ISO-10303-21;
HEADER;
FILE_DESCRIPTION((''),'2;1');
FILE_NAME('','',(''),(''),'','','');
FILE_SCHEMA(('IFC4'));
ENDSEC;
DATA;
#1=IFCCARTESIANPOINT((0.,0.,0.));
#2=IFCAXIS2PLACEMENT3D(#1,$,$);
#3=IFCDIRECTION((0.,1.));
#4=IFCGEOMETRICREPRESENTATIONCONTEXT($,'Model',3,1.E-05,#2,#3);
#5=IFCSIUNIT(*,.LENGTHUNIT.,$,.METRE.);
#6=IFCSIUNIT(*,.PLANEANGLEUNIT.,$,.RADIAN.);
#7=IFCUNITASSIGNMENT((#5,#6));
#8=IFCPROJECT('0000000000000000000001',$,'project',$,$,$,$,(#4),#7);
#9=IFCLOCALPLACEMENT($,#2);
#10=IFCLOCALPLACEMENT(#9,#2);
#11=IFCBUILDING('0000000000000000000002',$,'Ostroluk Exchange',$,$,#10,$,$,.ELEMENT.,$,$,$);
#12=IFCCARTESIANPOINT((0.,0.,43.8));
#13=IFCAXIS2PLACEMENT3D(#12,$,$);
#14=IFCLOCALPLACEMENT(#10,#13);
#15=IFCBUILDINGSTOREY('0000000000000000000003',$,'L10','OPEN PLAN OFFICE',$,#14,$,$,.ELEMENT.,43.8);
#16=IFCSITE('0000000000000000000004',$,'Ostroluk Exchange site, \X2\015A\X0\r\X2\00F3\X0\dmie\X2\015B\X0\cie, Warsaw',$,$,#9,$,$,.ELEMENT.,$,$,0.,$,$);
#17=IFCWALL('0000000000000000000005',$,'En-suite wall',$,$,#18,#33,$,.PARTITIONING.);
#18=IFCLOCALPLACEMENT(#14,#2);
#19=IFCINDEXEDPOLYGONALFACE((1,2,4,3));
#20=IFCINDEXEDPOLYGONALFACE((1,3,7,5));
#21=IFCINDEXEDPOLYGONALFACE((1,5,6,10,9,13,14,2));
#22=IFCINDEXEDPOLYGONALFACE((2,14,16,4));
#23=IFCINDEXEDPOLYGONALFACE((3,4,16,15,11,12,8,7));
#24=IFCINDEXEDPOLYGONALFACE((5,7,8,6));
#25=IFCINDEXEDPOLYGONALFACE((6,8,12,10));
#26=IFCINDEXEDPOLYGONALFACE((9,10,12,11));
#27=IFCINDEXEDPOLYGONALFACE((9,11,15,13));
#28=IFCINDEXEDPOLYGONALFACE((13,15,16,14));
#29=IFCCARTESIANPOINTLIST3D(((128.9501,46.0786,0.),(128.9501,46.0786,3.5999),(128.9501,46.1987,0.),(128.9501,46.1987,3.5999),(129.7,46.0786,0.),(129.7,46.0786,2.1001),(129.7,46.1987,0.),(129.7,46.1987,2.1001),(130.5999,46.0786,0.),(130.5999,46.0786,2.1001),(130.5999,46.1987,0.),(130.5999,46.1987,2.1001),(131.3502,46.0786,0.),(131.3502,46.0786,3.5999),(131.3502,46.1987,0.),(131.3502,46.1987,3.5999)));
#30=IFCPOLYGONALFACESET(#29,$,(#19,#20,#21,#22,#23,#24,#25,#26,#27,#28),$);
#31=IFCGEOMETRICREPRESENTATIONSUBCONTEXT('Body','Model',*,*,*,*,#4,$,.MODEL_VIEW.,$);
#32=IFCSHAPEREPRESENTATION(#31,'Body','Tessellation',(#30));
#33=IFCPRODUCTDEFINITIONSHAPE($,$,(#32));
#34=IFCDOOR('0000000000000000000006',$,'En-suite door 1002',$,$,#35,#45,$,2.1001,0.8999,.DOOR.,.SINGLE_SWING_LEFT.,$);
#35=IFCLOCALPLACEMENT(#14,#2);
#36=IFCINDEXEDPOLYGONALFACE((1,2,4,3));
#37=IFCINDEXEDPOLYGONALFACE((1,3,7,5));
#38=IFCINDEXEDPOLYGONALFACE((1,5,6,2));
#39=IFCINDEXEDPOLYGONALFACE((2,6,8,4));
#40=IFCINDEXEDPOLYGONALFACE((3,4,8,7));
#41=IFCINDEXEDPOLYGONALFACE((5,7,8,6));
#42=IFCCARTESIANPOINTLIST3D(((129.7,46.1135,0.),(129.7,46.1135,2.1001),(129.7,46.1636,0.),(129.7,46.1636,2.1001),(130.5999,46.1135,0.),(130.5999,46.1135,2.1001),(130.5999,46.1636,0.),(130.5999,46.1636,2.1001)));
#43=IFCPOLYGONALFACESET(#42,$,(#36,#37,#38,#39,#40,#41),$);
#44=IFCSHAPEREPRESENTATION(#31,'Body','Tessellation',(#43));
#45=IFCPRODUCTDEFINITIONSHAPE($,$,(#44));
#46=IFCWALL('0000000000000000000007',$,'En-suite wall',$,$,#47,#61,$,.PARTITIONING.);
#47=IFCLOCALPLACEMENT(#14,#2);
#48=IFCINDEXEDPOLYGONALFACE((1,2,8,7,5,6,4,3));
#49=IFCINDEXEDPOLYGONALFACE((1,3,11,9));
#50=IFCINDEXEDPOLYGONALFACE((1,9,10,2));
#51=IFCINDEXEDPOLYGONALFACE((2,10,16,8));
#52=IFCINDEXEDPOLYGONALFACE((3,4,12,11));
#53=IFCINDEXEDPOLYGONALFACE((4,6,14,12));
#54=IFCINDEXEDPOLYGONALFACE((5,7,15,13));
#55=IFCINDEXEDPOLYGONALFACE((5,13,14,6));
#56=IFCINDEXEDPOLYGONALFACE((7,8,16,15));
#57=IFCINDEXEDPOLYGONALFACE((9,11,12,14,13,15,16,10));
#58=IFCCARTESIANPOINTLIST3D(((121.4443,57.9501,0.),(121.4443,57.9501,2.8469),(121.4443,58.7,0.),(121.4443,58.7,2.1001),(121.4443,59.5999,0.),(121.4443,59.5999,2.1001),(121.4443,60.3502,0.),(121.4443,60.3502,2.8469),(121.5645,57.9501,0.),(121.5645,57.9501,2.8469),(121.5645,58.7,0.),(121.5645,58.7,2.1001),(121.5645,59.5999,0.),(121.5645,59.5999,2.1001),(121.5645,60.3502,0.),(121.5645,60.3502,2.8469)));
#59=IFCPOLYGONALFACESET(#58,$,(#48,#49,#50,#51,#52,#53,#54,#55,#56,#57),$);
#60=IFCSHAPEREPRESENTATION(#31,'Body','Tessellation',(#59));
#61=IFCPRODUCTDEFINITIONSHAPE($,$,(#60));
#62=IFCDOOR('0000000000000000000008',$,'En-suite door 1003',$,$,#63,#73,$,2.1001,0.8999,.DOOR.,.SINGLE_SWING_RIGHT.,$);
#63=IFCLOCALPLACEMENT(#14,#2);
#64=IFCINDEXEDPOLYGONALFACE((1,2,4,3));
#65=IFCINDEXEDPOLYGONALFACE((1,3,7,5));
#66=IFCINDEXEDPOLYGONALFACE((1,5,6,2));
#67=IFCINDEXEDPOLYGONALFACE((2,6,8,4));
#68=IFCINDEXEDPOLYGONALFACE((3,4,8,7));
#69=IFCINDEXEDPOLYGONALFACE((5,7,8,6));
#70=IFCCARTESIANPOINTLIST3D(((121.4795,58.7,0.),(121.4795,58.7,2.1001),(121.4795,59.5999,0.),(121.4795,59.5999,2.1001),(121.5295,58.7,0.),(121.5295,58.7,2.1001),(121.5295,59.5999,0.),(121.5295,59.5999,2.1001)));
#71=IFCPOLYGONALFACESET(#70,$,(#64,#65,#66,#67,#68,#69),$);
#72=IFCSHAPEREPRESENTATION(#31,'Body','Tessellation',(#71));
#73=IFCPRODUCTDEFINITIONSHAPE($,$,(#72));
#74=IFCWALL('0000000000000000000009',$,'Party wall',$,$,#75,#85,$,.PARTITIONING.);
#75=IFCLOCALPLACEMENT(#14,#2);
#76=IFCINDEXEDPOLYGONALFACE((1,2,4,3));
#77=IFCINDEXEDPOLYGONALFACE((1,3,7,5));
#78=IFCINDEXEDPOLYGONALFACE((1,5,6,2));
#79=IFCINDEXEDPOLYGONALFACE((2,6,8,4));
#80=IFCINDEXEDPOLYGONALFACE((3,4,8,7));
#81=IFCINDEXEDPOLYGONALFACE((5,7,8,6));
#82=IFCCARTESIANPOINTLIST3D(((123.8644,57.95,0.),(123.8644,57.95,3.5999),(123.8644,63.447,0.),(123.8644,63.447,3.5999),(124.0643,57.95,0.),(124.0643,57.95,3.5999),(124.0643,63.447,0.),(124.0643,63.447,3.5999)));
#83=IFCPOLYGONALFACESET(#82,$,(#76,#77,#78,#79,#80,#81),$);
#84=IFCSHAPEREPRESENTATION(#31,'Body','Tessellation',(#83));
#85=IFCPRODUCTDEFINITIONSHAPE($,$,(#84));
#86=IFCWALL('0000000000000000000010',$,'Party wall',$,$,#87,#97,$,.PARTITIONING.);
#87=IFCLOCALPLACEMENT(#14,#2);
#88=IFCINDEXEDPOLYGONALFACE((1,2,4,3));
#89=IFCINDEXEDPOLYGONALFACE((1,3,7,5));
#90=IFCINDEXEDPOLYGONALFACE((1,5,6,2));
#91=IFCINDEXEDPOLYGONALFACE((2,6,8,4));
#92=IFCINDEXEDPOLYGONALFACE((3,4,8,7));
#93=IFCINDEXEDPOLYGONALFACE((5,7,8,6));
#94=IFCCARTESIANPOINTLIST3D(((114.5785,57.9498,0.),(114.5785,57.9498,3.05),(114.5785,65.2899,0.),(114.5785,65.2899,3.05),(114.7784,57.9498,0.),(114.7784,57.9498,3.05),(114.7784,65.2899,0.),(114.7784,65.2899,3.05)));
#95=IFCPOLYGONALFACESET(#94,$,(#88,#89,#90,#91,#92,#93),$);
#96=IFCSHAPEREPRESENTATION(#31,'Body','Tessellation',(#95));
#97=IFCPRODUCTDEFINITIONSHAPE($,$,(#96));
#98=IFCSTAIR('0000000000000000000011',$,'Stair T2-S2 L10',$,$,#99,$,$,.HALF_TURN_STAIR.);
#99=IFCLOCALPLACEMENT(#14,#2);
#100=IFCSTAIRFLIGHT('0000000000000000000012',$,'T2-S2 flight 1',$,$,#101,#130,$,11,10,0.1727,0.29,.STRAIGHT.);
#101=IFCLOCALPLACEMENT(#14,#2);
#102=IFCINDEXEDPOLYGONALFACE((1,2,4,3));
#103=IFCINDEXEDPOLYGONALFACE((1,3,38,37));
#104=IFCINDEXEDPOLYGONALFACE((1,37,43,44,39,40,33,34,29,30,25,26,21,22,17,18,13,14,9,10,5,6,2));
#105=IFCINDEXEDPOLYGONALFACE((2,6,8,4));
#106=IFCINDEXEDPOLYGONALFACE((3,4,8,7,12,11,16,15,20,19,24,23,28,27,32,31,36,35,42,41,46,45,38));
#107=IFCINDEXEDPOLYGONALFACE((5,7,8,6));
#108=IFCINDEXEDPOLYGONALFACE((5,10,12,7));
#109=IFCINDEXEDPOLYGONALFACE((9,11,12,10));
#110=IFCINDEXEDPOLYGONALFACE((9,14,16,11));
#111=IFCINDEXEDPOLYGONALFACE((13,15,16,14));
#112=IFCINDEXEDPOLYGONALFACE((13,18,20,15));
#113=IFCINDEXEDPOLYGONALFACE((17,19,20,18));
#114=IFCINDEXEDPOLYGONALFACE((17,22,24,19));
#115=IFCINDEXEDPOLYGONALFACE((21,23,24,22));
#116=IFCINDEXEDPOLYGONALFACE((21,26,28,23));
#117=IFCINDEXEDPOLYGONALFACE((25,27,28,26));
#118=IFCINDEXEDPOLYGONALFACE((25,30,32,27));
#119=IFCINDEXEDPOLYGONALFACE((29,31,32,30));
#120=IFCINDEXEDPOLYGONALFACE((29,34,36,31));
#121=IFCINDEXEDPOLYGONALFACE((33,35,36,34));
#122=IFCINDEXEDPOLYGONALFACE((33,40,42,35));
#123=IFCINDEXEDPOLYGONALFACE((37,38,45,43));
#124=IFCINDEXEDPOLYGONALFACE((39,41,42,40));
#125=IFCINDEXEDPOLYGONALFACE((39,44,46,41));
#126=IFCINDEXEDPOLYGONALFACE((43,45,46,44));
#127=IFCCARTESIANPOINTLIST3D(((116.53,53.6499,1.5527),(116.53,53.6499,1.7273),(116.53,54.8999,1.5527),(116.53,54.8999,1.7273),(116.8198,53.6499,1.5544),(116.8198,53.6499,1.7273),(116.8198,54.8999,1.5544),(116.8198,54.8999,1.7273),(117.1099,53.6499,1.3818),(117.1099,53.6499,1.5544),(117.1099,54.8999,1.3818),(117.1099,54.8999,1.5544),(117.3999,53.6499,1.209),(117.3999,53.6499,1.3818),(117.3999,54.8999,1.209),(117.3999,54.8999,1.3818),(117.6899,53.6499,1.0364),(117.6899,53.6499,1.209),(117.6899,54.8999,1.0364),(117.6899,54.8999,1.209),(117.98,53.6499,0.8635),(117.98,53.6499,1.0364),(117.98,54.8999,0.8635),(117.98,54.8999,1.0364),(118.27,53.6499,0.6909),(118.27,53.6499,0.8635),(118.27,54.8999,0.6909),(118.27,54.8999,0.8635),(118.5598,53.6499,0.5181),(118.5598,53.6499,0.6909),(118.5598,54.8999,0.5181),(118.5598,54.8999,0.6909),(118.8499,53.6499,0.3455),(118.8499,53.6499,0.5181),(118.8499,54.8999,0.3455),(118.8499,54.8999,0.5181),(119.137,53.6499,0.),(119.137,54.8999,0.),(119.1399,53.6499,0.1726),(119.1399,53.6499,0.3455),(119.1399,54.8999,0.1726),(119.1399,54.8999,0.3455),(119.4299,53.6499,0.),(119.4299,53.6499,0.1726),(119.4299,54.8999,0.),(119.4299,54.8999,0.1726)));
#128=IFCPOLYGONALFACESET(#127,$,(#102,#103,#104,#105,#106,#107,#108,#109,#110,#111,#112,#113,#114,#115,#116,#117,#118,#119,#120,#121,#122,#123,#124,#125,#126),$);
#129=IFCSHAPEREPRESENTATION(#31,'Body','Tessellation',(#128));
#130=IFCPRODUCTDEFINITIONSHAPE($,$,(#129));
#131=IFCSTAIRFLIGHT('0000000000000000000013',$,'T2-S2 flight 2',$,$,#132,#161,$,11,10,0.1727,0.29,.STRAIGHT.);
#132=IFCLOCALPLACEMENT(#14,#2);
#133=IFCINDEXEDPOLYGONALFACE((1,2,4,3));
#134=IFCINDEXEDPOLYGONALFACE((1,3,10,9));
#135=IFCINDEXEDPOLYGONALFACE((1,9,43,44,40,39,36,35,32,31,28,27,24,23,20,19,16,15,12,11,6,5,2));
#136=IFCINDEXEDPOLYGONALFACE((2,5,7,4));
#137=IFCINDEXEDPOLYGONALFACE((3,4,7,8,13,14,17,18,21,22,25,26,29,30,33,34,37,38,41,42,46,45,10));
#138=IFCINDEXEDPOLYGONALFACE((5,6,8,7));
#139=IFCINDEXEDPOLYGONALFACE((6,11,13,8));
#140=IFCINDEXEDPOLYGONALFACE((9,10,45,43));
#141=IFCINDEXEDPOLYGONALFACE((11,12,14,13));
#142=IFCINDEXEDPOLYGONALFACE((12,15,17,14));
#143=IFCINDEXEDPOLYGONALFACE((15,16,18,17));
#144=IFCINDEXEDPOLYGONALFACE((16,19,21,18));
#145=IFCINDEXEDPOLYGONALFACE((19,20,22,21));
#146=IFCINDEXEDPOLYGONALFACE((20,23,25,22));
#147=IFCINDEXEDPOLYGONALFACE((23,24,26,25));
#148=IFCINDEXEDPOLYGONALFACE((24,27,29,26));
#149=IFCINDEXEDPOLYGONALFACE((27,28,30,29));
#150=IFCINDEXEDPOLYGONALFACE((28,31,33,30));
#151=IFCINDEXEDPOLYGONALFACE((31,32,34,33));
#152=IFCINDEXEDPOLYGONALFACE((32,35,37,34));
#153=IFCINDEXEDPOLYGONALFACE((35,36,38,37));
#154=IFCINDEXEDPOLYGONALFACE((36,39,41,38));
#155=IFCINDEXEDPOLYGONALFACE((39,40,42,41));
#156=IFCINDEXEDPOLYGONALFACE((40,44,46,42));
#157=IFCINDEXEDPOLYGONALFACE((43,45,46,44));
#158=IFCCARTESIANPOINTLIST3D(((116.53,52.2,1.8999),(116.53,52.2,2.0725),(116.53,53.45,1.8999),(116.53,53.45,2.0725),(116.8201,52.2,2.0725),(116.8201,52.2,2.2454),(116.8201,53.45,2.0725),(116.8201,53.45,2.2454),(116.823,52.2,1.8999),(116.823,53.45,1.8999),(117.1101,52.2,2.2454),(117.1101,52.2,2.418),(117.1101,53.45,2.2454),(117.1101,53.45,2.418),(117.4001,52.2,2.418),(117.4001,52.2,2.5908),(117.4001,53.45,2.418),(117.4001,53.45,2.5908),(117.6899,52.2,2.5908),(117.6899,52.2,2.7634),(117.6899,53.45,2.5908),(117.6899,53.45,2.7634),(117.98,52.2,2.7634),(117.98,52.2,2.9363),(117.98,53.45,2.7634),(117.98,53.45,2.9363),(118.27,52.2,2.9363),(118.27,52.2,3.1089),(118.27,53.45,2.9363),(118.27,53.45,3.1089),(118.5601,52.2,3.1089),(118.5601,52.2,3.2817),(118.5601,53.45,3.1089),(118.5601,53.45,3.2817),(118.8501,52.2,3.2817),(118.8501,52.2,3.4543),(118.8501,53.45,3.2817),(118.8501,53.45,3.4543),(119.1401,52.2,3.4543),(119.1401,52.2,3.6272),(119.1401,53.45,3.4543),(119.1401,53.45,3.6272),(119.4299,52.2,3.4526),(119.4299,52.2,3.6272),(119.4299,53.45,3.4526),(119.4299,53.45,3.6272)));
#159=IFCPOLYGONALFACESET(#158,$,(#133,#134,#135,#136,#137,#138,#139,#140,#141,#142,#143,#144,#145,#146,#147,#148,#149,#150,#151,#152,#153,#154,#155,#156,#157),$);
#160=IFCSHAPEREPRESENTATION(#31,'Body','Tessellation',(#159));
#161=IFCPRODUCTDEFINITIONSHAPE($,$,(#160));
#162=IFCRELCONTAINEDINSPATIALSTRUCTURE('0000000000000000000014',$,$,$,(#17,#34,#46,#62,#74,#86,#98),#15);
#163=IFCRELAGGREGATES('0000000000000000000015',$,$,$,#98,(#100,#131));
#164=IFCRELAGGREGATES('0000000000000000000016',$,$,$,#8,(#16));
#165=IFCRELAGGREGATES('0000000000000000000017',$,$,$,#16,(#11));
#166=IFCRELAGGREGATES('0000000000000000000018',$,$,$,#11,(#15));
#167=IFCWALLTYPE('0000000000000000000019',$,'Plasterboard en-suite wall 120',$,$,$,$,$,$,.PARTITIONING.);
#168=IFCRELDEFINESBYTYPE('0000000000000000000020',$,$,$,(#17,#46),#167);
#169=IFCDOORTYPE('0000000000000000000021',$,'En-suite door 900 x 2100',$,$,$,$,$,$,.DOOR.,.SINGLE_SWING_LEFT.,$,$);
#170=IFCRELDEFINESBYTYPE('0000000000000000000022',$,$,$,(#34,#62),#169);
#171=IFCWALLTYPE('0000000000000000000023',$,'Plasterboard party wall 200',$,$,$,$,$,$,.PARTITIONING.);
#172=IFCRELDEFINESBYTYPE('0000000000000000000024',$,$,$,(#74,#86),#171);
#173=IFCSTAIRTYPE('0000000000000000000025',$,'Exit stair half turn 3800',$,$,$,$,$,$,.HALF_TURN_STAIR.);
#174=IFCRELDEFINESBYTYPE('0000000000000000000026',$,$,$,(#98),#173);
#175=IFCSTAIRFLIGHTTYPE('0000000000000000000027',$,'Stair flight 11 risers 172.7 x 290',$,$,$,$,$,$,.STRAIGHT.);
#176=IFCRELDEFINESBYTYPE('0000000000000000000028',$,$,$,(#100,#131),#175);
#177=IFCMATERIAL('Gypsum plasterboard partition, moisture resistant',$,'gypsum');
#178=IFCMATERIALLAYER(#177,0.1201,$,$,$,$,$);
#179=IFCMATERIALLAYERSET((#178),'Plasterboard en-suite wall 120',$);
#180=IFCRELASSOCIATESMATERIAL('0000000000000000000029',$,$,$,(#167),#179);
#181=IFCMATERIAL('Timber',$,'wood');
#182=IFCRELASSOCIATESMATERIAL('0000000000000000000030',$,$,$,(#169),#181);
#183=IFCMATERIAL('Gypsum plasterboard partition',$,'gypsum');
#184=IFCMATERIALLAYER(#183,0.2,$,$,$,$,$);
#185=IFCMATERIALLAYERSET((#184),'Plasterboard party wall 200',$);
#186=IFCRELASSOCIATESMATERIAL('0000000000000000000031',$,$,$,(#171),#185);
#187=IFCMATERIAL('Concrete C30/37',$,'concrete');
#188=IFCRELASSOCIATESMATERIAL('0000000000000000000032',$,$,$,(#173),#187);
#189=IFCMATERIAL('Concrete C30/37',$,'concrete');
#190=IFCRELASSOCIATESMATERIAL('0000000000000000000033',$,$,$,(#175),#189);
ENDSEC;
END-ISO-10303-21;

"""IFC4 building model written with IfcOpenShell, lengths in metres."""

from ifc_helpers import new_model, si_unit, direction, frame, frame_2d, origin, place, context, subcontext, project, spatial, polyline, rectangle, outline, extrude, material, layer, layer_set, type_object, element, fill, aggregate, save


model = new_model("IFC4")

# Units and contexts
model_context = context("Model", 3, precision=1e-05, world=origin(), true_north=direction((0.0, 1.0)))
body_context = subcontext(model_context, "Body", "Model", "MODEL_VIEW")
ifc_project = project(units=[si_unit("LENGTHUNIT", "METRE"), si_unit("PLANEANGLEUNIT", "RADIAN")], contexts=[model_context])

# Site, building, storey
site_placement = place(None, origin())
site = spatial("IfcSite", under=ifc_project, at=site_placement, Name="Ostroluk Exchange site, Śródmieście, Warsaw", CompositionType="ELEMENT", RefElevation=0.0)
building_placement = place(site_placement, origin())
building = spatial("IfcBuilding", under=site, at=building_placement, Name="Ostroluk Exchange", CompositionType="ELEMENT")
storey_placement = place(building_placement, frame((0.0, 0.0, 43.8)))
storey = spatial("IfcBuildingStorey", under=building, at=storey_placement, Name="L10", Description="OPEN PLAN OFFICE", CompositionType="ELEMENT", Elevation=43.8)

# Walls, openings, doors
ifc_material_1 = material(Name="Gypsum plasterboard partition, moisture resistant", Category="gypsum")
ifc_layer_1 = layer(ifc_material_1, 0.1201)
ifc_layer_set_1 = layer_set([ifc_layer_1], Name="Plasterboard en-suite wall 120")
wall_type_1 = type_object("IfcWallType", Name="Plasterboard en-suite wall 120", PredefinedType="PARTITIONING", material=ifc_layer_set_1)
wall_1_placement = place(storey_placement, frame((128.95, 46.1387, 0.0), z_axis=(0.0, 0.0, 1.0), x_axis=(1.0, 0.0, 0.0)))
wall_1 = element("IfcWall", 1, at=wall_1_placement, inside=storey, type_object=wall_type_1, Name="En-suite wall", PredefinedType="PARTITIONING", context=body_context, shape_type="SweptSolid", body=[
    extrude(rectangle(XDim=2.4001, YDim=0.1201, at=frame_2d((1.2002, 0.0))), origin(), (0.0, 0.0, 1.0), 3.5999),
])
opening_1_placement = place(wall_1_placement, frame((0.75, 0.0, 0.0)))
opening_1 = element("IfcOpeningElement", 2, at=opening_1_placement, cuts=wall_1, PredefinedType="OPENING", context=body_context, shape_type="SweptSolid", body=[
    extrude(rectangle(XDim=0.8999, YDim=2.1001, at=frame_2d((0.45, 1.05))), frame((0.0, 0.0701, 0.0), z_axis=(0.0, -1.0, 0.0), x_axis=(1.0, 0.0, 0.0)), (0.0, 0.0, 1.0), 0.1401),
])
ifc_material_2 = material(Name="Timber", Category="wood")
door_type_1 = type_object("IfcDoorType", Name="En-suite door 900 x 2100", OperationType="SINGLE_SWING_LEFT", PredefinedType="DOOR", material=ifc_material_2)
door_1_placement = place(opening_1_placement, origin())
door_1 = element("IfcDoor", 3, at=door_1_placement, inside=storey, type_object=door_type_1, Name="En-suite door 1002", OperationType="SINGLE_SWING_LEFT", OverallHeight=2.1001, OverallWidth=0.8999, PredefinedType="DOOR", context=body_context, shape_type="SweptSolid", body=[
    extrude(rectangle(XDim=0.8999, YDim=2.1001, at=frame_2d((0.45, 1.05))), frame((0.0, 0.0249, 0.0), z_axis=(0.0, -1.0, 0.0), x_axis=(1.0, 0.0, 0.0)), (0.0, 0.0, 1.0), 0.05),
])
fill(opening_1, door_1)
wall_2_placement = place(storey_placement, frame((121.5044, 57.95, 0.0), z_axis=(0.0, 0.0, 1.0), x_axis=(0.0, 1.0, 0.0)))
wall_2 = element("IfcWall", 4, at=wall_2_placement, inside=storey, type_object=wall_type_1, Name="En-suite wall", PredefinedType="PARTITIONING", context=body_context, shape_type="SweptSolid", body=[
    extrude(rectangle(XDim=2.4001, YDim=0.1201, at=frame_2d((1.2002, 0.0))), origin(), (0.0, 0.0, 1.0), 2.8469),
])
opening_2_placement = place(wall_2_placement, frame((0.75, 0.0, 0.0)))
opening_2 = element("IfcOpeningElement", 5, at=opening_2_placement, cuts=wall_2, PredefinedType="OPENING", context=body_context, shape_type="SweptSolid", body=[
    extrude(rectangle(XDim=0.8999, YDim=2.1001, at=frame_2d((0.45, 1.05))), frame((0.0, 0.0701, 0.0), z_axis=(0.0, -1.0, 0.0), x_axis=(1.0, 0.0, 0.0)), (0.0, 0.0, 1.0), 0.1401),
])
door_2_placement = place(opening_2_placement, origin())
door_2 = element("IfcDoor", 6, at=door_2_placement, inside=storey, type_object=door_type_1, Name="En-suite door 1003", OperationType="SINGLE_SWING_RIGHT", OverallHeight=2.1001, OverallWidth=0.8999, PredefinedType="DOOR", context=body_context, shape_type="SweptSolid", body=[
    extrude(rectangle(XDim=0.8999, YDim=2.1001, at=frame_2d((0.45, 1.05))), frame((0.0, 0.0249, 0.0), z_axis=(0.0, -1.0, 0.0), x_axis=(1.0, 0.0, 0.0)), (0.0, 0.0, 1.0), 0.05),
])
fill(opening_2, door_2)

# Walls
ifc_material_3 = material(Name="Gypsum plasterboard partition", Category="gypsum")
ifc_layer_2 = layer(ifc_material_3, 0.2)
ifc_layer_set_2 = layer_set([ifc_layer_2], Name="Plasterboard party wall 200")
wall_type_2 = type_object("IfcWallType", Name="Plasterboard party wall 200", PredefinedType="PARTITIONING", material=ifc_layer_set_2)
wall_3_placement = place(storey_placement, frame((123.9644, 57.95, 0.0), z_axis=(0.0, 0.0, 1.0), x_axis=(0.0, 1.0, 0.0)))
element("IfcWall", 7, at=wall_3_placement, inside=storey, type_object=wall_type_2, Name="Party wall", PredefinedType="PARTITIONING", context=body_context, shape_type="SweptSolid", body=[
    extrude(rectangle(XDim=5.4971, YDim=0.2, at=frame_2d((2.7485, 0.0))), origin(), (0.0, 0.0, 1.0), 3.5999),
])
wall_4_placement = place(storey_placement, frame((114.6785, 57.95, 0.0), z_axis=(0.0, 0.0, 1.0), x_axis=(0.0, 1.0, 0.0)))
element("IfcWall", 8, at=wall_4_placement, inside=storey, type_object=wall_type_2, Name="Party wall", PredefinedType="PARTITIONING", context=body_context, shape_type="SweptSolid", body=[
    extrude(rectangle(XDim=7.3401, YDim=0.2, at=frame_2d((3.6699, 0.0))), origin(), (0.0, 0.0, 1.0), 3.05),
])

# Stair, stair flights
ifc_material_4 = material(Name="Concrete C30/37", Category="concrete")
stair_type = type_object("IfcStairType", Name="Exit stair half turn 3800", PredefinedType="HALF_TURN_STAIR", material=ifc_material_4)
stair_placement = place(storey_placement, origin())
stair = element("IfcStair", 9, at=stair_placement, inside=storey, type_object=stair_type, Name="Stair T2-S2 L10", PredefinedType="HALF_TURN_STAIR")
ifc_material_5 = material(Name="Concrete C30/37", Category="concrete")
stair_flight_type = type_object("IfcStairFlightType", Name="Stair flight 11 risers 172.7 x 290", PredefinedType="STRAIGHT", material=ifc_material_5)
stair_flight_1_placement = place(storey_placement, frame((119.4299, 54.2749, 0.0), z_axis=(0.0, 0.0, 1.0), x_axis=(-1.0, 0.0, 0.0)))
stair_flight_1 = element("IfcStairFlight", 10, at=stair_flight_1_placement, type_object=stair_flight_type, Name="T2-S2 flight 1", NumberOfRisers=11, NumberOfTreads=10, PredefinedType="STRAIGHT", RiserHeight=0.1727, TreadLength=0.29, context=body_context, shape_type="SweptSolid", body=[
    extrude(outline(polyline([(0.0, 0.0), (0.0, 0.1726), (0.29, 0.1726), (0.29, 0.3455), (0.5801, 0.3455), (0.5801, 0.5181), (0.8701, 0.5181), (0.8701, 0.6909), (1.1599, 0.6909), (1.1599, 0.8635), (1.45, 0.8635), (1.45, 1.0364), (1.74, 1.0364), (1.74, 1.209), (2.03, 1.209), (2.03, 1.3818), (2.3201, 1.3818), (2.3201, 1.5544), (2.6101, 1.5544), (2.6101, 1.7273), (2.8999, 1.7273), (2.8999, 1.8999), (2.8999, 1.5527), (0.293, 0.0), (0.0, 0.0)])), frame((0.0, 0.625, 0.0), z_axis=(0.0, -1.0, 0.0), x_axis=(1.0, 0.0, 0.0)), (0.0, 0.0, 1.0), 1.25),
])
stair_flight_2_placement = place(storey_placement, frame((116.53, 52.825, 1.8999), z_axis=(0.0, 0.0, 1.0), x_axis=(1.0, 0.0, 0.0)))
stair_flight_2 = element("IfcStairFlight", 11, at=stair_flight_2_placement, type_object=stair_flight_type, Name="T2-S2 flight 2", NumberOfRisers=11, NumberOfTreads=10, PredefinedType="STRAIGHT", RiserHeight=0.1727, TreadLength=0.29, context=body_context, shape_type="SweptSolid", body=[
    extrude(outline(polyline([(0.0, 0.0), (0.0, 0.1726), (0.29, 0.1726), (0.29, 0.3455), (0.5801, 0.3455), (0.5801, 0.5181), (0.8701, 0.5181), (0.8701, 0.6909), (1.1599, 0.6909), (1.1599, 0.8635), (1.45, 0.8635), (1.45, 1.0364), (1.74, 1.0364), (1.74, 1.209), (2.03, 1.209), (2.03, 1.3818), (2.3201, 1.3818), (2.3201, 1.5544), (2.6101, 1.5544), (2.6101, 1.7273), (2.8999, 1.7273), (2.8999, 1.8999), (2.8999, 1.5527), (0.293, 0.0), (0.0, 0.0)])), frame((0.0, 0.625, 0.0), z_axis=(0.0, -1.0, 0.0), x_axis=(1.0, 0.0, 0.0)), (0.0, 0.0, 1.0), 1.25),
])
aggregate(stair, [stair_flight_1, stair_flight_2])

save(model, "model.ifc")
